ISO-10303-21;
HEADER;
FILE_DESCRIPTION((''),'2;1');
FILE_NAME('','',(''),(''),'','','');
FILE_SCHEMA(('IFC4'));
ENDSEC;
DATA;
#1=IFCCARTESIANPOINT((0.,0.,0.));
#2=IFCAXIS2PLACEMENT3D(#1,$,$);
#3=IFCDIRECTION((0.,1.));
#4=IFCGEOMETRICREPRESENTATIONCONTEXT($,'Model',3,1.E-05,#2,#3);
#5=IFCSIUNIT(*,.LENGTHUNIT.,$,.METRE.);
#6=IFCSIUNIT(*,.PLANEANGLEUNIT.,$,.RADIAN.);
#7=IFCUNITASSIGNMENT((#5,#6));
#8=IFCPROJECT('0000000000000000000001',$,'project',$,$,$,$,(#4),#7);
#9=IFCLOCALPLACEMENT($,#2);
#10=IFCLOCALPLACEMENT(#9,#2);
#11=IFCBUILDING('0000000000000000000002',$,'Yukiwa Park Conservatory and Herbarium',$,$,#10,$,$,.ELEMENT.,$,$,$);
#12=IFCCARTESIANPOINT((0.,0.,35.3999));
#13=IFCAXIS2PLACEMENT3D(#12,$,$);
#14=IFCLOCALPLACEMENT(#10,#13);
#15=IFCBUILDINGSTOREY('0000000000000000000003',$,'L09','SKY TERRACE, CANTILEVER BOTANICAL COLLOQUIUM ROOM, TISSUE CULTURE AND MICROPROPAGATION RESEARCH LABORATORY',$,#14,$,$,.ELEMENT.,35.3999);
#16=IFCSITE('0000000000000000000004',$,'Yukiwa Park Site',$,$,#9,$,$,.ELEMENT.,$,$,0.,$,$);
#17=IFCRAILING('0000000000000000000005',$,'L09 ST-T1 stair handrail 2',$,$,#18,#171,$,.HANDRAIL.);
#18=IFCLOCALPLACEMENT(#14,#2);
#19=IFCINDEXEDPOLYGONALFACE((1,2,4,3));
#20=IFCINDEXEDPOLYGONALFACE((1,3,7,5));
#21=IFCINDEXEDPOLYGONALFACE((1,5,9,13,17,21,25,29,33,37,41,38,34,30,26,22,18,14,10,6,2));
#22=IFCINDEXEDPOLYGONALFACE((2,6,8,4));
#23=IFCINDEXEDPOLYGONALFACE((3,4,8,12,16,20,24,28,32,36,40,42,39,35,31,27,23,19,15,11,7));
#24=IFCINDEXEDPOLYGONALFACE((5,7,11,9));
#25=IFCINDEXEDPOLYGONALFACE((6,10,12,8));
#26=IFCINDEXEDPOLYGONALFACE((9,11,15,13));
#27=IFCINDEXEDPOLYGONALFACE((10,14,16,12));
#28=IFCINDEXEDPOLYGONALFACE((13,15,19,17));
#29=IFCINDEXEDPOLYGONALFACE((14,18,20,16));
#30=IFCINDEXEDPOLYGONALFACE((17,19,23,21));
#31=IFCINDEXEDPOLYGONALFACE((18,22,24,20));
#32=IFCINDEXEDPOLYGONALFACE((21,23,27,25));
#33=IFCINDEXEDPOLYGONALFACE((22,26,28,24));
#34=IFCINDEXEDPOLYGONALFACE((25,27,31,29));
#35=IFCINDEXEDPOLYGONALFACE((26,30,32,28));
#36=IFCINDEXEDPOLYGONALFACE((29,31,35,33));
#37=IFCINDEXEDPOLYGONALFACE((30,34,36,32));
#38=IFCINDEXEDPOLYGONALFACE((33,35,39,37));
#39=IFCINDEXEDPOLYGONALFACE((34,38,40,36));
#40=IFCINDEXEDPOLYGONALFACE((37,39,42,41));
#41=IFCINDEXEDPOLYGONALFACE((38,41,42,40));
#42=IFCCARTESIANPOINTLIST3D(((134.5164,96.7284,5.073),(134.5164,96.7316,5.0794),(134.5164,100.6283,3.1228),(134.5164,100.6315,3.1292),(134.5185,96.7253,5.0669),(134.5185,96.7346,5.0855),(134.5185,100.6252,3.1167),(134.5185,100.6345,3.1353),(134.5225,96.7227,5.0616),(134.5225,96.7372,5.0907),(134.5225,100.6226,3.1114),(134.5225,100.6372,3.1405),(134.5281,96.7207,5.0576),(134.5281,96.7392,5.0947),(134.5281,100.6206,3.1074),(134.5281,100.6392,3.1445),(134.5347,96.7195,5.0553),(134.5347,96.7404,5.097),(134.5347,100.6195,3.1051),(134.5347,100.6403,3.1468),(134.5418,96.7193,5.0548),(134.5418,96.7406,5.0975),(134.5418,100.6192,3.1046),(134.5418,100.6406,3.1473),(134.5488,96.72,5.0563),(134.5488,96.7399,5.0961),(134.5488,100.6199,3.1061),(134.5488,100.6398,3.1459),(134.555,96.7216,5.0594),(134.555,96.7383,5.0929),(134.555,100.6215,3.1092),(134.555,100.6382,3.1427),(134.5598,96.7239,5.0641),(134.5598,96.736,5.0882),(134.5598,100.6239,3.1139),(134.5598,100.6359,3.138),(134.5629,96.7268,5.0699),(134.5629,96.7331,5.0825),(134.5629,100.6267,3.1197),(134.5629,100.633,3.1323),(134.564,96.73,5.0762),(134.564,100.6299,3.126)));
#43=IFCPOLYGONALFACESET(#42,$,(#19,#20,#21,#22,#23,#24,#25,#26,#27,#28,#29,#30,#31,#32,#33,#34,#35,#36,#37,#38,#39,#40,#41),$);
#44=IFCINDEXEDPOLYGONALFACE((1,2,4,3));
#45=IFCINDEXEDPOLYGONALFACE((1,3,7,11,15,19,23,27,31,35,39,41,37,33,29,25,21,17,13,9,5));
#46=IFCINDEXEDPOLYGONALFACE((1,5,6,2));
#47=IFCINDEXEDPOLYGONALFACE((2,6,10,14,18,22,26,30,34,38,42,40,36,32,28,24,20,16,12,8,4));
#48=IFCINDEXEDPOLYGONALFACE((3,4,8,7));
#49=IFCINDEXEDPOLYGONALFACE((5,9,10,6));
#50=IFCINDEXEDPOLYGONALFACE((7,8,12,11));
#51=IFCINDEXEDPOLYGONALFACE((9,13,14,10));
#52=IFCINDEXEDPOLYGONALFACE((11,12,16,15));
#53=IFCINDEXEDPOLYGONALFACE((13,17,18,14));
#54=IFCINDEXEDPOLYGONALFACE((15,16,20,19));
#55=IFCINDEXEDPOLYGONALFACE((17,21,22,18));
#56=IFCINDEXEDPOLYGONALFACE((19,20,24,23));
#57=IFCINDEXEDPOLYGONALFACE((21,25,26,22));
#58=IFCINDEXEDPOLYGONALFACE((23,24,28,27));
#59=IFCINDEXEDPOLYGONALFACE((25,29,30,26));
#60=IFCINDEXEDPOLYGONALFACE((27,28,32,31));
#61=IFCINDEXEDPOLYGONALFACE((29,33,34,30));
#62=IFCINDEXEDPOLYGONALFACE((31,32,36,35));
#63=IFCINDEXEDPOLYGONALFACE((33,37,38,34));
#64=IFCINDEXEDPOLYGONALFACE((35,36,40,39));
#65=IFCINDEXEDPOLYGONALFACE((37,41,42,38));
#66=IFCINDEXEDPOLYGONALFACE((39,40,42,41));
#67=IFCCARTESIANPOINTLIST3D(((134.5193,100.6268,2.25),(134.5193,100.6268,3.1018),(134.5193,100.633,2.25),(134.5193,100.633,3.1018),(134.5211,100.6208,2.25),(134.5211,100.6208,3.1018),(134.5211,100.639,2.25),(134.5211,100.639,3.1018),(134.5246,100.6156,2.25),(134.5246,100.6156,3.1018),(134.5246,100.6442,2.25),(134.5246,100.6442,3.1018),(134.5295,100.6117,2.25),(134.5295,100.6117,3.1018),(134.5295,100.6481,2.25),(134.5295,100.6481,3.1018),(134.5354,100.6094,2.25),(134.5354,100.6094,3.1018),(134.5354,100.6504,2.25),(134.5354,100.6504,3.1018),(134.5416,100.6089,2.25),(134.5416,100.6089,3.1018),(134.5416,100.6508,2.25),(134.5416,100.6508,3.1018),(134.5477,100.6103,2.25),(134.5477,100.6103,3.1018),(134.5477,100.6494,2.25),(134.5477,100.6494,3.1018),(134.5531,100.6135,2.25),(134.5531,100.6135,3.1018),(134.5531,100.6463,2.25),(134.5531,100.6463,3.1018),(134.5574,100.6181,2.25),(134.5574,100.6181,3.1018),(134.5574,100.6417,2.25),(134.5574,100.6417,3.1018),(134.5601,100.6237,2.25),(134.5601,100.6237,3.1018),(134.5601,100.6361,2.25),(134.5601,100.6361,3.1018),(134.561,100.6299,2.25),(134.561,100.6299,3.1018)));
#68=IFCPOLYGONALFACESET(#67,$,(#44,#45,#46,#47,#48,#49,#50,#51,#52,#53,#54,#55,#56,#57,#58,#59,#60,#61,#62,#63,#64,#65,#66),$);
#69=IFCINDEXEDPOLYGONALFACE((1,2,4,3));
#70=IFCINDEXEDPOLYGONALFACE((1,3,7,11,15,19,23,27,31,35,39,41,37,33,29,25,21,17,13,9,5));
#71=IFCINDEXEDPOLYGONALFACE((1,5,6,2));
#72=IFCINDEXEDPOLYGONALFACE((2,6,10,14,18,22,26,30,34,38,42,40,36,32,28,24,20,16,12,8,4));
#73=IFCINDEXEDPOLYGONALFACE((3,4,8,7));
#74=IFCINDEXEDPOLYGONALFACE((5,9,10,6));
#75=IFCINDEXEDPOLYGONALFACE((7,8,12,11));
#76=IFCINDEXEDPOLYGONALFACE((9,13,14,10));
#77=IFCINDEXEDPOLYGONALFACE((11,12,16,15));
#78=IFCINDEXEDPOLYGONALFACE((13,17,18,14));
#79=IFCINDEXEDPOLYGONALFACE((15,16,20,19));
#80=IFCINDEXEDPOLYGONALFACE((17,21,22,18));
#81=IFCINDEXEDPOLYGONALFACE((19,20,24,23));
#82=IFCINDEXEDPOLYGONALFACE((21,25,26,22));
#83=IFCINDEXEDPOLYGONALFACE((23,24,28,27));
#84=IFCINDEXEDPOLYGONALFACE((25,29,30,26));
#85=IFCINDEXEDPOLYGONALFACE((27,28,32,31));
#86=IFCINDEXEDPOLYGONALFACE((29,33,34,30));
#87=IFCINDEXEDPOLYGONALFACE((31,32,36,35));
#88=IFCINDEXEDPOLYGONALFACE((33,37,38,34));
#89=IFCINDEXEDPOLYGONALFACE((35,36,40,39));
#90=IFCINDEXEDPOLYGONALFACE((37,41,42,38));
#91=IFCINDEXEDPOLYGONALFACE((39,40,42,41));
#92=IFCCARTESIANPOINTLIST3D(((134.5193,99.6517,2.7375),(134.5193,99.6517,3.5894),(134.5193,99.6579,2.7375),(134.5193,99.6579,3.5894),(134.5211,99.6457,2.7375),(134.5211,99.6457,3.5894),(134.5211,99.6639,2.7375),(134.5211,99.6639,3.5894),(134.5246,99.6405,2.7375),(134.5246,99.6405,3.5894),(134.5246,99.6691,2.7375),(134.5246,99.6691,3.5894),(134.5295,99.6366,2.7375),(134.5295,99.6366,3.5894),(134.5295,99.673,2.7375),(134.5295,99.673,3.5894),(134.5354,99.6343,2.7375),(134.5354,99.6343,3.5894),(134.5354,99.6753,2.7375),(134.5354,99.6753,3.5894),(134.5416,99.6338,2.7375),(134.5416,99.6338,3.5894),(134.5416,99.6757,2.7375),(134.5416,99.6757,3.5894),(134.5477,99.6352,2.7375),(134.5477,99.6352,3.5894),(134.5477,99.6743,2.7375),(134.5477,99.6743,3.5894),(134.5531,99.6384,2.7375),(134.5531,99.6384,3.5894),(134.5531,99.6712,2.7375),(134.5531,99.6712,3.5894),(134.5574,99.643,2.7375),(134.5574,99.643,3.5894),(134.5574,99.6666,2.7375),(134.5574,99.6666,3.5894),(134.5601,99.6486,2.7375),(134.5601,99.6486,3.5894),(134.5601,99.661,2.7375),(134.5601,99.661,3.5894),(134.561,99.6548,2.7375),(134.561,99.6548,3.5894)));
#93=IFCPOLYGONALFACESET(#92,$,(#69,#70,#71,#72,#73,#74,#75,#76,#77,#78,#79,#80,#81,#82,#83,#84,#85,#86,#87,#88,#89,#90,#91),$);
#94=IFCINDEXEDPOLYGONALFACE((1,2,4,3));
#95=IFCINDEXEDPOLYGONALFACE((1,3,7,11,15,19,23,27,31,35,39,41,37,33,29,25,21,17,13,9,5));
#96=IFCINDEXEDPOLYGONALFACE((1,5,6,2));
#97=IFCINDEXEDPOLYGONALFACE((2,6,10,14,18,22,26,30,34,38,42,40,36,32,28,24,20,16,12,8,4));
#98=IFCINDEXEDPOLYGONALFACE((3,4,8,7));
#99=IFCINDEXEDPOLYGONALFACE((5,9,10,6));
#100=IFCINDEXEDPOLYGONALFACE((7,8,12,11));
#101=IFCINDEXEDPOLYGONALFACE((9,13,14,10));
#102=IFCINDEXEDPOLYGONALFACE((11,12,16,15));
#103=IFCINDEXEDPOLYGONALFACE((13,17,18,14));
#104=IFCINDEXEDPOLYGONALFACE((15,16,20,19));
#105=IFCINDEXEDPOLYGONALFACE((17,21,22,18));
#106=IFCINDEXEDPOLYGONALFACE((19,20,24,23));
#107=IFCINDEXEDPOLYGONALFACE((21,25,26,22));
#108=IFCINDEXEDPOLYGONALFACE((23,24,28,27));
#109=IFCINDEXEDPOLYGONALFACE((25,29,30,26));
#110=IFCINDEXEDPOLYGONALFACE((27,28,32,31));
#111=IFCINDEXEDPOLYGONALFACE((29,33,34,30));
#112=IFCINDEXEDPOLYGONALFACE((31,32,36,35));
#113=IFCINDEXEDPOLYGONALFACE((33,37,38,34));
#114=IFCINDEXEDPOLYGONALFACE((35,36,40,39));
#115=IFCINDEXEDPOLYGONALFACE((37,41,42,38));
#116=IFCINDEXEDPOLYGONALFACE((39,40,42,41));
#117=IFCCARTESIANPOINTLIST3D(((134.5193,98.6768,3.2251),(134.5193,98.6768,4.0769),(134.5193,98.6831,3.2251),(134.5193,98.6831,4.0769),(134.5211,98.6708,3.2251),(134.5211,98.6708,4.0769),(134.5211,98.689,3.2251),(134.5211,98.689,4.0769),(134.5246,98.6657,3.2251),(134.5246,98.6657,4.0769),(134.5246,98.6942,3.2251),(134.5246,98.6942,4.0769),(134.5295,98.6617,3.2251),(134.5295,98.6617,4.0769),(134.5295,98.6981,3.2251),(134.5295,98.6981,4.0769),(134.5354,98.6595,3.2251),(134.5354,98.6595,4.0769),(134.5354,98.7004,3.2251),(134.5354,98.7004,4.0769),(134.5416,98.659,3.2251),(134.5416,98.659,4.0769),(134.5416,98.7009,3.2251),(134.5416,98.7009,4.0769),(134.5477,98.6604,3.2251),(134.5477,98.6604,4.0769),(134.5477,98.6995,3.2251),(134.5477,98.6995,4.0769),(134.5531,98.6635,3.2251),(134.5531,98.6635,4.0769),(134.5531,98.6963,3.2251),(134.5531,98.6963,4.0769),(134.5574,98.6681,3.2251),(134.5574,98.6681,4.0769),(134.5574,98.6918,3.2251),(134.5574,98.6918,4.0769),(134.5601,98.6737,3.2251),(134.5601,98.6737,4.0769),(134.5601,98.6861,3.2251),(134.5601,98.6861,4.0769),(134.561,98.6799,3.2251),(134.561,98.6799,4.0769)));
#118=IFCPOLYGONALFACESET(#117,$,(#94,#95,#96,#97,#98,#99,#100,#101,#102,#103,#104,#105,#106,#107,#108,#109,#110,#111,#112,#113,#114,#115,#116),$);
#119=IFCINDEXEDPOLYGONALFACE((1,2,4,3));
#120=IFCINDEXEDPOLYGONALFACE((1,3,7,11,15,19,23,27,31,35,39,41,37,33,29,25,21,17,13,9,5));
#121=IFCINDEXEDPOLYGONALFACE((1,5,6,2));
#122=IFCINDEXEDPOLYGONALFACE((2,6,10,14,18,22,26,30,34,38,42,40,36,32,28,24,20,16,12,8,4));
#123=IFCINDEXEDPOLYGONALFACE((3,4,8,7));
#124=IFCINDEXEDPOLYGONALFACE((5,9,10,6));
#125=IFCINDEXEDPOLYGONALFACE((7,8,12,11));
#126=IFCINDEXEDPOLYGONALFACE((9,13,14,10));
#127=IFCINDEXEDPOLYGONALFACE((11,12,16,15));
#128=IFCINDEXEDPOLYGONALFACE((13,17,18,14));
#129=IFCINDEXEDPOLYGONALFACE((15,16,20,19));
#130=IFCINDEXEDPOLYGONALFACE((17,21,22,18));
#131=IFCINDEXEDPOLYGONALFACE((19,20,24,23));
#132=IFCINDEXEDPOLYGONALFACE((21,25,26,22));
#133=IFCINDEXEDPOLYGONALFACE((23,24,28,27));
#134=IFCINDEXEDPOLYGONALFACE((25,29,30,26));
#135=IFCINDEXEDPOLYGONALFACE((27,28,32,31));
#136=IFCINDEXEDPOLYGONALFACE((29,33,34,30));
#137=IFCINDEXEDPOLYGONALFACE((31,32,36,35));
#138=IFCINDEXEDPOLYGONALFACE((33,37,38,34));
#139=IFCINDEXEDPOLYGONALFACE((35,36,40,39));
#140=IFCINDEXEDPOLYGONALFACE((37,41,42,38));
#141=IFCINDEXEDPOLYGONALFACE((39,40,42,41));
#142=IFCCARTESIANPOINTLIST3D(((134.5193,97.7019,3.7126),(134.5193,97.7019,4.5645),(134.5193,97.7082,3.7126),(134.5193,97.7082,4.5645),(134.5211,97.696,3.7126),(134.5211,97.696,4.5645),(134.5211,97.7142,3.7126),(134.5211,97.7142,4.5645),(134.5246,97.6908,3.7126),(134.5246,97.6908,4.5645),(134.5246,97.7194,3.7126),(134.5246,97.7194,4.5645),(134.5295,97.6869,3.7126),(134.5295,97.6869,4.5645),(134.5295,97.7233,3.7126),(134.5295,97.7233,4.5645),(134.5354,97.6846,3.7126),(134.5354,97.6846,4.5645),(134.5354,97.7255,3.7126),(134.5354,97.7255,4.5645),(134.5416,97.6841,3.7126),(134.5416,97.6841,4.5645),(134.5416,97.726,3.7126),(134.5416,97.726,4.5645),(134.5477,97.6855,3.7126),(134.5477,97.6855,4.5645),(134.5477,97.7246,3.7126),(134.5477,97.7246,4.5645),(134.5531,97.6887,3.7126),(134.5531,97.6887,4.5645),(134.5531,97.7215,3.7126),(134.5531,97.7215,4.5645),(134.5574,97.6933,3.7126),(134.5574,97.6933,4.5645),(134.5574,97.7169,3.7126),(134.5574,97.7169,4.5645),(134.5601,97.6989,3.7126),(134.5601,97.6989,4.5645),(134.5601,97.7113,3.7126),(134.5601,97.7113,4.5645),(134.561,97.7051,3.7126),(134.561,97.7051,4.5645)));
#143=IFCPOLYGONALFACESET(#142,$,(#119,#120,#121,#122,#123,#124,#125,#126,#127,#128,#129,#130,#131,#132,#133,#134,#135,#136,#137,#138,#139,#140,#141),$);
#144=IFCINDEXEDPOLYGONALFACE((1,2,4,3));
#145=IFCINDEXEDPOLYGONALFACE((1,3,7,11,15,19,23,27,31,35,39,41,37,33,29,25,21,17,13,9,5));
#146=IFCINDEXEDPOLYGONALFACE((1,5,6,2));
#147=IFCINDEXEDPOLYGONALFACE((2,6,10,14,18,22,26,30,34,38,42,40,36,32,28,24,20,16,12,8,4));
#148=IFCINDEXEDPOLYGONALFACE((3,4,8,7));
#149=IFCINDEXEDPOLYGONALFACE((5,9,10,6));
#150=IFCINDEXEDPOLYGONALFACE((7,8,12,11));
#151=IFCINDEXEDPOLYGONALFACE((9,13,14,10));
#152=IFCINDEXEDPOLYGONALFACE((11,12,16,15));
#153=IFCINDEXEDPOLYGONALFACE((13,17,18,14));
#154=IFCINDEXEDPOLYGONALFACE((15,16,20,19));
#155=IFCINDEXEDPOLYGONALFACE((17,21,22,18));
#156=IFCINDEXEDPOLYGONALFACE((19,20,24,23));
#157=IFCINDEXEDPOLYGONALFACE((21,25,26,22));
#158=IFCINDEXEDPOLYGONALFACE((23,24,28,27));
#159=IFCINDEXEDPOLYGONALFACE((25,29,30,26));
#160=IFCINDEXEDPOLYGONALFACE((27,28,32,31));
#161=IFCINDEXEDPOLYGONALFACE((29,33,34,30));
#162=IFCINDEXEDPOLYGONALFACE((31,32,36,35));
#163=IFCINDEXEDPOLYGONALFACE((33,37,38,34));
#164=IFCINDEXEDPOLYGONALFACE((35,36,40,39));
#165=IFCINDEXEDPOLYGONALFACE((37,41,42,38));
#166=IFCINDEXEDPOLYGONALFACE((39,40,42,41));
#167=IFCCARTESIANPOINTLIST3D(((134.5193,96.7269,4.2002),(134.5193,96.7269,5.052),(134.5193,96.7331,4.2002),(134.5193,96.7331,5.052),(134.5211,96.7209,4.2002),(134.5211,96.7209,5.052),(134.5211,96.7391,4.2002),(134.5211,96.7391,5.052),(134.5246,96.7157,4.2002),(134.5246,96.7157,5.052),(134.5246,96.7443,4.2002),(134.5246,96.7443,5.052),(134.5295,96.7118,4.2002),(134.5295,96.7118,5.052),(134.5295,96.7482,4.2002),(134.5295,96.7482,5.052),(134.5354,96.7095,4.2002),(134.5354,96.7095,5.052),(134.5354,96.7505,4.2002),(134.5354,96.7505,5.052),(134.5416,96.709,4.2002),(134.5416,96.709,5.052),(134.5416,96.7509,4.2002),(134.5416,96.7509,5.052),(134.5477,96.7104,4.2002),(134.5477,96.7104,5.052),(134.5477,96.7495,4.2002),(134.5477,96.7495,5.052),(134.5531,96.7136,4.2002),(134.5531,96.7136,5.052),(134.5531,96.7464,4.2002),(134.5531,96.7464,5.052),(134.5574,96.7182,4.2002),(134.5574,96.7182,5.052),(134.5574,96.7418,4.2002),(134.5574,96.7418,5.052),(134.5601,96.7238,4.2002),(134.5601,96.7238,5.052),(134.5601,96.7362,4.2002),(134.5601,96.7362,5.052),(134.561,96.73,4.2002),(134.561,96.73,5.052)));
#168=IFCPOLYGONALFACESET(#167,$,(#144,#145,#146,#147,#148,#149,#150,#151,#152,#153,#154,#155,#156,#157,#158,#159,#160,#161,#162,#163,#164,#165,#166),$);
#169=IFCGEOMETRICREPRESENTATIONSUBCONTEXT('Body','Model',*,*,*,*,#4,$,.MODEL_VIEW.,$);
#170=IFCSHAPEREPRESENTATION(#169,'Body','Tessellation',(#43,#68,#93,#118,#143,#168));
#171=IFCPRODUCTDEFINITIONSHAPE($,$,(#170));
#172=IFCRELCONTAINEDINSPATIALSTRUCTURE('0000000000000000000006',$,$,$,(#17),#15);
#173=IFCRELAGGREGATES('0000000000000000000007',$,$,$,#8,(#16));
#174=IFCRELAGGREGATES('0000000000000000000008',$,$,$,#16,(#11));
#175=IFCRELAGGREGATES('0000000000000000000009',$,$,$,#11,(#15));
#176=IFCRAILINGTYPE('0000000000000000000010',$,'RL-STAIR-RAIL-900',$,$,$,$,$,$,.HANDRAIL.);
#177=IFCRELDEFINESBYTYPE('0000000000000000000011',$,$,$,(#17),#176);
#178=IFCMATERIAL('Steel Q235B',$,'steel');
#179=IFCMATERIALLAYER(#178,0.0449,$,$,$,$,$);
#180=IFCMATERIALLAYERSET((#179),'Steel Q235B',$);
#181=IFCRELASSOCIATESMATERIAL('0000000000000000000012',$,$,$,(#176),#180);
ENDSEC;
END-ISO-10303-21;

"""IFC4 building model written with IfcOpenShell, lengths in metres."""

from ifc_helpers import new_model, si_unit, direction, frame, origin, origin_2d, place, context, subcontext, project, spatial, circle, extrude, material, layer, layer_set, type_object, element, save


model = new_model("IFC4")

# Units and contexts
model_context = context("Model", 3, precision=1e-05, world=origin(), true_north=direction((0.0, 1.0)))
body_context = subcontext(model_context, "Body", "Model", "MODEL_VIEW")
ifc_project = project(units=[si_unit("LENGTHUNIT", "METRE"), si_unit("PLANEANGLEUNIT", "RADIAN")], contexts=[model_context])

# Site, building, storey
site_placement = place(None, origin())
site = spatial("IfcSite", under=ifc_project, at=site_placement, Name="Yukiwa Park Site", CompositionType="ELEMENT", RefElevation=0.0)
building_placement = place(site_placement, origin())
building = spatial("IfcBuilding", under=site, at=building_placement, Name="Yukiwa Park Conservatory and Herbarium", CompositionType="ELEMENT")
storey_placement = place(building_placement, frame((0.0, 0.0, 35.3999)))
storey = spatial("IfcBuildingStorey", under=building, at=storey_placement, Name="L09", Description="SKY TERRACE, CANTILEVER BOTANICAL COLLOQUIUM ROOM, TISSUE CULTURE AND MICROPROPAGATION RESEARCH LABORATORY", CompositionType="ELEMENT", Elevation=35.3999)

# Railing
ifc_material_1 = material(Name="Steel Q235B", Category="steel")
ifc_layer_1 = layer(ifc_material_1, 0.0449)
ifc_layer_set_1 = layer_set([ifc_layer_1], Name="Steel Q235B")
railing_type_1 = type_object("IfcRailingType", Name="RL-STAIR-RAIL-900", PredefinedType="HANDRAIL", material=ifc_layer_set_1)
railing_1_placement = place(storey_placement, frame((134.54, 100.6299, 2.25)))
element("IfcRailing", 1, at=railing_1_placement, inside=storey, type_object=railing_type_1, Name="L09 ST-T1 stair handrail 2", PredefinedType="HANDRAIL", context=body_context, shape_type="SweptSolid", body=[
    extrude(circle(Radius=0.0239, at=origin_2d()), frame((0.0, 0.0, 0.876), z_axis=(0.0, -0.894405, 0.447258), x_axis=(1.0, 0.0, 0.0)), (0.0, 0.0, 1.0), 4.3604),
    extrude(circle(Radius=0.021, at=origin_2d()), origin(), (0.0, 0.0, 1.0), 0.8518),
    extrude(circle(Radius=0.021, at=origin_2d()), frame((0.0, -0.9751, 0.4875)), (0.0, 0.0, 1.0), 0.8518),
    extrude(circle(Radius=0.021, at=origin_2d()), frame((0.0, -1.95, 0.9751)), (0.0, 0.0, 1.0), 0.8518),
    extrude(circle(Radius=0.021, at=origin_2d()), frame((0.0, -2.9248, 1.4626)), (0.0, 0.0, 1.0), 0.8518),
    extrude(circle(Radius=0.021, at=origin_2d()), frame((0.0, -3.8999, 1.9502)), (0.0, 0.0, 1.0), 0.8518),
])

save(model, "model.ifc")
